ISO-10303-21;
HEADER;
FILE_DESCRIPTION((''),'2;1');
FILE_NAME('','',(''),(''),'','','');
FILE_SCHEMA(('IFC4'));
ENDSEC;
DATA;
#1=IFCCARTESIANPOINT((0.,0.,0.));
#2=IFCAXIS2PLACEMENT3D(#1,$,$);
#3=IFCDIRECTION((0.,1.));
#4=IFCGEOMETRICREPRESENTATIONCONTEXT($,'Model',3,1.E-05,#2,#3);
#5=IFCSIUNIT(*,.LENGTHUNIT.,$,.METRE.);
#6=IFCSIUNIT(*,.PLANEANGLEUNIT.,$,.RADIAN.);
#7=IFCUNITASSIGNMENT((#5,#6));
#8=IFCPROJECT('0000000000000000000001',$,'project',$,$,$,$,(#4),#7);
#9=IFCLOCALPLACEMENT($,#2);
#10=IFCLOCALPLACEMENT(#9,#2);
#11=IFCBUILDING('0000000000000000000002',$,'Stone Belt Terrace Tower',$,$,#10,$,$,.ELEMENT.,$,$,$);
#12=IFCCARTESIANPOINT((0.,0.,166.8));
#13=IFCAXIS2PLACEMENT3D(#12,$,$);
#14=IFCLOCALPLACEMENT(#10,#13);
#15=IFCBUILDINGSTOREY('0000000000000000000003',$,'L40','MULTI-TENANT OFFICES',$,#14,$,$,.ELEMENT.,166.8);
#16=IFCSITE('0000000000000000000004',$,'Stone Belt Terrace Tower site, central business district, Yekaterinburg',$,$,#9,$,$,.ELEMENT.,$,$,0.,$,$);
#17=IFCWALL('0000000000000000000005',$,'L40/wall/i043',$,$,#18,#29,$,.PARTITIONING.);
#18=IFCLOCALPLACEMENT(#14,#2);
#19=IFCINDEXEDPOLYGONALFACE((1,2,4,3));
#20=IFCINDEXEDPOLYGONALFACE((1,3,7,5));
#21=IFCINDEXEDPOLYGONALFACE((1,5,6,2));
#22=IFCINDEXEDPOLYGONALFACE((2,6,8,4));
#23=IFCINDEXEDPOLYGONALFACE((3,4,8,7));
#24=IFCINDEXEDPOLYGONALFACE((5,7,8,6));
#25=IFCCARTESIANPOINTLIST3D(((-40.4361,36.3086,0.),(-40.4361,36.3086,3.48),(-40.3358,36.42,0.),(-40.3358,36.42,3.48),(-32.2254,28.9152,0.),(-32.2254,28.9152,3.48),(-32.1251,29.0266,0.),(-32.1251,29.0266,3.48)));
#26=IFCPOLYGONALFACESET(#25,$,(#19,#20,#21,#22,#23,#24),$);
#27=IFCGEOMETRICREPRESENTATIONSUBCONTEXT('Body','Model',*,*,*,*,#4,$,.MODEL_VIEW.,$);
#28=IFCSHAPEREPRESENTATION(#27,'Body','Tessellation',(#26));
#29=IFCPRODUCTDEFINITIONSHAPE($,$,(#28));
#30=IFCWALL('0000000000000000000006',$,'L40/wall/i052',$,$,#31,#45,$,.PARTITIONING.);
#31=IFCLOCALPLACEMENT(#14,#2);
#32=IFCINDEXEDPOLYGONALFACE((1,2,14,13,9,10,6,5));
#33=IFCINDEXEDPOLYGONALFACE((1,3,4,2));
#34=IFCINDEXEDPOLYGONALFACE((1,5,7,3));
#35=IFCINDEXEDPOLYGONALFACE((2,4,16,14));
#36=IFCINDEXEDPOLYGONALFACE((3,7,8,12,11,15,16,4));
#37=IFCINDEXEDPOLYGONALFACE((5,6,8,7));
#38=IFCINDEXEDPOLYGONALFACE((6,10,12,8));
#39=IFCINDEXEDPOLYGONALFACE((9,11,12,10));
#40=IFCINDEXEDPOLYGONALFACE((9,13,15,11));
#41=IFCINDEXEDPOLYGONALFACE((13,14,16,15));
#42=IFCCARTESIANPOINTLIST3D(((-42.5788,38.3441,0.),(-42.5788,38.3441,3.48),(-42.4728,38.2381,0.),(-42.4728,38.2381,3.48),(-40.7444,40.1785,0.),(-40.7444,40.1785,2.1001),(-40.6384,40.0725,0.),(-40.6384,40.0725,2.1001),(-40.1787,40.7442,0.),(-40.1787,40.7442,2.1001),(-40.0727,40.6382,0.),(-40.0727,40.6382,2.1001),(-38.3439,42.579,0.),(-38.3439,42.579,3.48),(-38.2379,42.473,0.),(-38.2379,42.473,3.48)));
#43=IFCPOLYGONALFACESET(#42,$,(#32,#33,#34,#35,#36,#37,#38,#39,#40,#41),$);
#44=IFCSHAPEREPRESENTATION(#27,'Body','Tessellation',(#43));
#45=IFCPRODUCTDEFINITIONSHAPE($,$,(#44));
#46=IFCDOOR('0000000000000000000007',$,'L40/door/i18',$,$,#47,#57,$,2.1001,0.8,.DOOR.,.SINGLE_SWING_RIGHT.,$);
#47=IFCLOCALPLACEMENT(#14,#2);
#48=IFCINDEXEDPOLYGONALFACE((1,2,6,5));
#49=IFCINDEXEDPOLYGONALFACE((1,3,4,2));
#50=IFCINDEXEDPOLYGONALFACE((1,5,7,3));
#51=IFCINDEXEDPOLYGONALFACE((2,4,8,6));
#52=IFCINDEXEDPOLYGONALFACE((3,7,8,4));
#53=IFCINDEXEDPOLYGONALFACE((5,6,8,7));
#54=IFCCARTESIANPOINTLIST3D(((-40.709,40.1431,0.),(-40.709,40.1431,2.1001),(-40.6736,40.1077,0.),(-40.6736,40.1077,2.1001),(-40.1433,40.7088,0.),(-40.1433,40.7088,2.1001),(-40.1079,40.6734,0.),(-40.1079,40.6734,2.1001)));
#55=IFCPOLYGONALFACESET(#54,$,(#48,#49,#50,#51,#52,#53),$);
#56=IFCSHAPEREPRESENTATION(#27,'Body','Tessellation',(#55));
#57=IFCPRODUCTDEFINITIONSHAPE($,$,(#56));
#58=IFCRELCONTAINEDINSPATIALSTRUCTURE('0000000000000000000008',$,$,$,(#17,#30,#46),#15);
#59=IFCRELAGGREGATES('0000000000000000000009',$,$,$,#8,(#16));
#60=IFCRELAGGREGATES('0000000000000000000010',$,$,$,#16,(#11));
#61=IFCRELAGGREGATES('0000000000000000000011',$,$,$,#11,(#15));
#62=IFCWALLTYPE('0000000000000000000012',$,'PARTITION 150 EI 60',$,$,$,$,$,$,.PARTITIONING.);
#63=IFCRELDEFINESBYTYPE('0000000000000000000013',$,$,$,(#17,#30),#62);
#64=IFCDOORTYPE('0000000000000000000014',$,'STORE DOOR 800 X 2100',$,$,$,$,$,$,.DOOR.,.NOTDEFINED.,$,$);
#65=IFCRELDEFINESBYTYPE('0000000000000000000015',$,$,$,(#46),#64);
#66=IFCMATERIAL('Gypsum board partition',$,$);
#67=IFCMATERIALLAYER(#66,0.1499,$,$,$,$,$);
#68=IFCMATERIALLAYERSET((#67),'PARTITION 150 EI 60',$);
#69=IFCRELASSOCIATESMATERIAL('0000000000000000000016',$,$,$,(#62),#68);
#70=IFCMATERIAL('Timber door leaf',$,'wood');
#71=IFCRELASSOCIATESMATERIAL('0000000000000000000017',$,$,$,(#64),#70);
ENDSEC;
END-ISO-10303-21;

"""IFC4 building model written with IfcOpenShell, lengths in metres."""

from ifc_helpers import new_model, si_unit, direction, frame, frame_2d, origin, place, context, subcontext, project, spatial, rectangle, extrude, material, layer, layer_set, type_object, element, fill, save


model = new_model("IFC4")

# Units and contexts
model_context = context("Model", 3, precision=1e-05, world=origin(), true_north=direction((0.0, 1.0)))
body_context = subcontext(model_context, "Body", "Model", "MODEL_VIEW")
ifc_project = project(units=[si_unit("LENGTHUNIT", "METRE"), si_unit("PLANEANGLEUNIT", "RADIAN")], contexts=[model_context])

# Site, building, storey
site_placement = place(None, origin())
site = spatial("IfcSite", under=ifc_project, at=site_placement, Name="Stone Belt Terrace Tower site, central business district, Yekaterinburg", CompositionType="ELEMENT", RefElevation=0.0)
building_placement = place(site_placement, origin())
building = spatial("IfcBuilding", under=site, at=building_placement, Name="Stone Belt Terrace Tower", CompositionType="ELEMENT")
storey_placement = place(building_placement, frame((0.0, 0.0, 166.8)))
storey = spatial("IfcBuildingStorey", under=building, at=storey_placement, Name="L40", Description="MULTI-TENANT OFFICES", CompositionType="ELEMENT", Elevation=166.8)

# Shared definitions
ifc_material_1 = material(Name="Gypsum board partition")
ifc_layer_1 = layer(ifc_material_1, 0.1499)
ifc_layer_set_1 = layer_set([ifc_layer_1], Name="PARTITION 150 EI 60")
wall_type = type_object("IfcWallType", Name="PARTITION 150 EI 60", PredefinedType="PARTITIONING", material=ifc_layer_set_1)

# Wall
wall_1_placement = place(storey_placement, frame((-40.386, 36.3643, 0.0), z_axis=(0.0, 0.0, 1.0), x_axis=(0.743128, -0.669149, 0.0)))
element("IfcWall", 1, at=wall_1_placement, inside=storey, type_object=wall_type, Name="L40/wall/i043", PredefinedType="PARTITIONING", context=body_context, shape_type="SweptSolid", body=[
    extrude(rectangle(XDim=11.0488, YDim=0.1499, at=frame_2d((5.5244, 0.0))), origin(), (0.0, 0.0, 1.0), 3.48),
])

# Wall, opening, door
wall_2_placement = place(storey_placement, frame((-42.5259, 38.291, 0.0), z_axis=(0.0, 0.0, 1.0), x_axis=(0.707107, 0.707107, 0.0)))
wall_2 = element("IfcWall", 2, at=wall_2_placement, inside=storey, type_object=wall_type, Name="L40/wall/i052", PredefinedType="PARTITIONING", context=body_context, shape_type="SweptSolid", body=[
    extrude(rectangle(XDim=5.989, YDim=0.1499, at=frame_2d((2.9946, 0.0))), origin(), (0.0, 0.0, 1.0), 3.48),
])
opening_1_placement = place(wall_2_placement, frame((2.5945, 0.0, 0.0)))
opening_1 = element("IfcOpeningElement", 3, at=opening_1_placement, cuts=wall_2, PredefinedType="OPENING", context=body_context, shape_type="SweptSolid", body=[
    extrude(rectangle(XDim=0.8, YDim=2.1001, at=frame_2d((0.3999, 1.05))), frame((0.0, 0.085, 0.0), z_axis=(0.0, -1.0, 0.0), x_axis=(1.0, 0.0, 0.0)), (0.0, 0.0, 1.0), 0.1699),
])
ifc_material_2 = material(Name="Timber door leaf", Category="wood")
door_type_1 = type_object("IfcDoorType", Name="STORE DOOR 800 X 2100", OperationType="NOTDEFINED", PredefinedType="DOOR", material=ifc_material_2)
door_1_placement = place(opening_1_placement, origin())
door_1 = element("IfcDoor", 4, at=door_1_placement, inside=storey, type_object=door_type_1, Name="L40/door/i18", OperationType="SINGLE_SWING_RIGHT", OverallHeight=2.1001, OverallWidth=0.8, PredefinedType="DOOR", context=body_context, shape_type="SweptSolid", body=[
    extrude(rectangle(XDim=0.8, YDim=2.1001, at=frame_2d((0.3999, 1.05))), frame((0.0, 0.0249, 0.0), z_axis=(0.0, -1.0, 0.0), x_axis=(1.0, 0.0, 0.0)), (0.0, 0.0, 1.0), 0.05),
])
fill(opening_1, door_1)

save(model, "model.ifc")
